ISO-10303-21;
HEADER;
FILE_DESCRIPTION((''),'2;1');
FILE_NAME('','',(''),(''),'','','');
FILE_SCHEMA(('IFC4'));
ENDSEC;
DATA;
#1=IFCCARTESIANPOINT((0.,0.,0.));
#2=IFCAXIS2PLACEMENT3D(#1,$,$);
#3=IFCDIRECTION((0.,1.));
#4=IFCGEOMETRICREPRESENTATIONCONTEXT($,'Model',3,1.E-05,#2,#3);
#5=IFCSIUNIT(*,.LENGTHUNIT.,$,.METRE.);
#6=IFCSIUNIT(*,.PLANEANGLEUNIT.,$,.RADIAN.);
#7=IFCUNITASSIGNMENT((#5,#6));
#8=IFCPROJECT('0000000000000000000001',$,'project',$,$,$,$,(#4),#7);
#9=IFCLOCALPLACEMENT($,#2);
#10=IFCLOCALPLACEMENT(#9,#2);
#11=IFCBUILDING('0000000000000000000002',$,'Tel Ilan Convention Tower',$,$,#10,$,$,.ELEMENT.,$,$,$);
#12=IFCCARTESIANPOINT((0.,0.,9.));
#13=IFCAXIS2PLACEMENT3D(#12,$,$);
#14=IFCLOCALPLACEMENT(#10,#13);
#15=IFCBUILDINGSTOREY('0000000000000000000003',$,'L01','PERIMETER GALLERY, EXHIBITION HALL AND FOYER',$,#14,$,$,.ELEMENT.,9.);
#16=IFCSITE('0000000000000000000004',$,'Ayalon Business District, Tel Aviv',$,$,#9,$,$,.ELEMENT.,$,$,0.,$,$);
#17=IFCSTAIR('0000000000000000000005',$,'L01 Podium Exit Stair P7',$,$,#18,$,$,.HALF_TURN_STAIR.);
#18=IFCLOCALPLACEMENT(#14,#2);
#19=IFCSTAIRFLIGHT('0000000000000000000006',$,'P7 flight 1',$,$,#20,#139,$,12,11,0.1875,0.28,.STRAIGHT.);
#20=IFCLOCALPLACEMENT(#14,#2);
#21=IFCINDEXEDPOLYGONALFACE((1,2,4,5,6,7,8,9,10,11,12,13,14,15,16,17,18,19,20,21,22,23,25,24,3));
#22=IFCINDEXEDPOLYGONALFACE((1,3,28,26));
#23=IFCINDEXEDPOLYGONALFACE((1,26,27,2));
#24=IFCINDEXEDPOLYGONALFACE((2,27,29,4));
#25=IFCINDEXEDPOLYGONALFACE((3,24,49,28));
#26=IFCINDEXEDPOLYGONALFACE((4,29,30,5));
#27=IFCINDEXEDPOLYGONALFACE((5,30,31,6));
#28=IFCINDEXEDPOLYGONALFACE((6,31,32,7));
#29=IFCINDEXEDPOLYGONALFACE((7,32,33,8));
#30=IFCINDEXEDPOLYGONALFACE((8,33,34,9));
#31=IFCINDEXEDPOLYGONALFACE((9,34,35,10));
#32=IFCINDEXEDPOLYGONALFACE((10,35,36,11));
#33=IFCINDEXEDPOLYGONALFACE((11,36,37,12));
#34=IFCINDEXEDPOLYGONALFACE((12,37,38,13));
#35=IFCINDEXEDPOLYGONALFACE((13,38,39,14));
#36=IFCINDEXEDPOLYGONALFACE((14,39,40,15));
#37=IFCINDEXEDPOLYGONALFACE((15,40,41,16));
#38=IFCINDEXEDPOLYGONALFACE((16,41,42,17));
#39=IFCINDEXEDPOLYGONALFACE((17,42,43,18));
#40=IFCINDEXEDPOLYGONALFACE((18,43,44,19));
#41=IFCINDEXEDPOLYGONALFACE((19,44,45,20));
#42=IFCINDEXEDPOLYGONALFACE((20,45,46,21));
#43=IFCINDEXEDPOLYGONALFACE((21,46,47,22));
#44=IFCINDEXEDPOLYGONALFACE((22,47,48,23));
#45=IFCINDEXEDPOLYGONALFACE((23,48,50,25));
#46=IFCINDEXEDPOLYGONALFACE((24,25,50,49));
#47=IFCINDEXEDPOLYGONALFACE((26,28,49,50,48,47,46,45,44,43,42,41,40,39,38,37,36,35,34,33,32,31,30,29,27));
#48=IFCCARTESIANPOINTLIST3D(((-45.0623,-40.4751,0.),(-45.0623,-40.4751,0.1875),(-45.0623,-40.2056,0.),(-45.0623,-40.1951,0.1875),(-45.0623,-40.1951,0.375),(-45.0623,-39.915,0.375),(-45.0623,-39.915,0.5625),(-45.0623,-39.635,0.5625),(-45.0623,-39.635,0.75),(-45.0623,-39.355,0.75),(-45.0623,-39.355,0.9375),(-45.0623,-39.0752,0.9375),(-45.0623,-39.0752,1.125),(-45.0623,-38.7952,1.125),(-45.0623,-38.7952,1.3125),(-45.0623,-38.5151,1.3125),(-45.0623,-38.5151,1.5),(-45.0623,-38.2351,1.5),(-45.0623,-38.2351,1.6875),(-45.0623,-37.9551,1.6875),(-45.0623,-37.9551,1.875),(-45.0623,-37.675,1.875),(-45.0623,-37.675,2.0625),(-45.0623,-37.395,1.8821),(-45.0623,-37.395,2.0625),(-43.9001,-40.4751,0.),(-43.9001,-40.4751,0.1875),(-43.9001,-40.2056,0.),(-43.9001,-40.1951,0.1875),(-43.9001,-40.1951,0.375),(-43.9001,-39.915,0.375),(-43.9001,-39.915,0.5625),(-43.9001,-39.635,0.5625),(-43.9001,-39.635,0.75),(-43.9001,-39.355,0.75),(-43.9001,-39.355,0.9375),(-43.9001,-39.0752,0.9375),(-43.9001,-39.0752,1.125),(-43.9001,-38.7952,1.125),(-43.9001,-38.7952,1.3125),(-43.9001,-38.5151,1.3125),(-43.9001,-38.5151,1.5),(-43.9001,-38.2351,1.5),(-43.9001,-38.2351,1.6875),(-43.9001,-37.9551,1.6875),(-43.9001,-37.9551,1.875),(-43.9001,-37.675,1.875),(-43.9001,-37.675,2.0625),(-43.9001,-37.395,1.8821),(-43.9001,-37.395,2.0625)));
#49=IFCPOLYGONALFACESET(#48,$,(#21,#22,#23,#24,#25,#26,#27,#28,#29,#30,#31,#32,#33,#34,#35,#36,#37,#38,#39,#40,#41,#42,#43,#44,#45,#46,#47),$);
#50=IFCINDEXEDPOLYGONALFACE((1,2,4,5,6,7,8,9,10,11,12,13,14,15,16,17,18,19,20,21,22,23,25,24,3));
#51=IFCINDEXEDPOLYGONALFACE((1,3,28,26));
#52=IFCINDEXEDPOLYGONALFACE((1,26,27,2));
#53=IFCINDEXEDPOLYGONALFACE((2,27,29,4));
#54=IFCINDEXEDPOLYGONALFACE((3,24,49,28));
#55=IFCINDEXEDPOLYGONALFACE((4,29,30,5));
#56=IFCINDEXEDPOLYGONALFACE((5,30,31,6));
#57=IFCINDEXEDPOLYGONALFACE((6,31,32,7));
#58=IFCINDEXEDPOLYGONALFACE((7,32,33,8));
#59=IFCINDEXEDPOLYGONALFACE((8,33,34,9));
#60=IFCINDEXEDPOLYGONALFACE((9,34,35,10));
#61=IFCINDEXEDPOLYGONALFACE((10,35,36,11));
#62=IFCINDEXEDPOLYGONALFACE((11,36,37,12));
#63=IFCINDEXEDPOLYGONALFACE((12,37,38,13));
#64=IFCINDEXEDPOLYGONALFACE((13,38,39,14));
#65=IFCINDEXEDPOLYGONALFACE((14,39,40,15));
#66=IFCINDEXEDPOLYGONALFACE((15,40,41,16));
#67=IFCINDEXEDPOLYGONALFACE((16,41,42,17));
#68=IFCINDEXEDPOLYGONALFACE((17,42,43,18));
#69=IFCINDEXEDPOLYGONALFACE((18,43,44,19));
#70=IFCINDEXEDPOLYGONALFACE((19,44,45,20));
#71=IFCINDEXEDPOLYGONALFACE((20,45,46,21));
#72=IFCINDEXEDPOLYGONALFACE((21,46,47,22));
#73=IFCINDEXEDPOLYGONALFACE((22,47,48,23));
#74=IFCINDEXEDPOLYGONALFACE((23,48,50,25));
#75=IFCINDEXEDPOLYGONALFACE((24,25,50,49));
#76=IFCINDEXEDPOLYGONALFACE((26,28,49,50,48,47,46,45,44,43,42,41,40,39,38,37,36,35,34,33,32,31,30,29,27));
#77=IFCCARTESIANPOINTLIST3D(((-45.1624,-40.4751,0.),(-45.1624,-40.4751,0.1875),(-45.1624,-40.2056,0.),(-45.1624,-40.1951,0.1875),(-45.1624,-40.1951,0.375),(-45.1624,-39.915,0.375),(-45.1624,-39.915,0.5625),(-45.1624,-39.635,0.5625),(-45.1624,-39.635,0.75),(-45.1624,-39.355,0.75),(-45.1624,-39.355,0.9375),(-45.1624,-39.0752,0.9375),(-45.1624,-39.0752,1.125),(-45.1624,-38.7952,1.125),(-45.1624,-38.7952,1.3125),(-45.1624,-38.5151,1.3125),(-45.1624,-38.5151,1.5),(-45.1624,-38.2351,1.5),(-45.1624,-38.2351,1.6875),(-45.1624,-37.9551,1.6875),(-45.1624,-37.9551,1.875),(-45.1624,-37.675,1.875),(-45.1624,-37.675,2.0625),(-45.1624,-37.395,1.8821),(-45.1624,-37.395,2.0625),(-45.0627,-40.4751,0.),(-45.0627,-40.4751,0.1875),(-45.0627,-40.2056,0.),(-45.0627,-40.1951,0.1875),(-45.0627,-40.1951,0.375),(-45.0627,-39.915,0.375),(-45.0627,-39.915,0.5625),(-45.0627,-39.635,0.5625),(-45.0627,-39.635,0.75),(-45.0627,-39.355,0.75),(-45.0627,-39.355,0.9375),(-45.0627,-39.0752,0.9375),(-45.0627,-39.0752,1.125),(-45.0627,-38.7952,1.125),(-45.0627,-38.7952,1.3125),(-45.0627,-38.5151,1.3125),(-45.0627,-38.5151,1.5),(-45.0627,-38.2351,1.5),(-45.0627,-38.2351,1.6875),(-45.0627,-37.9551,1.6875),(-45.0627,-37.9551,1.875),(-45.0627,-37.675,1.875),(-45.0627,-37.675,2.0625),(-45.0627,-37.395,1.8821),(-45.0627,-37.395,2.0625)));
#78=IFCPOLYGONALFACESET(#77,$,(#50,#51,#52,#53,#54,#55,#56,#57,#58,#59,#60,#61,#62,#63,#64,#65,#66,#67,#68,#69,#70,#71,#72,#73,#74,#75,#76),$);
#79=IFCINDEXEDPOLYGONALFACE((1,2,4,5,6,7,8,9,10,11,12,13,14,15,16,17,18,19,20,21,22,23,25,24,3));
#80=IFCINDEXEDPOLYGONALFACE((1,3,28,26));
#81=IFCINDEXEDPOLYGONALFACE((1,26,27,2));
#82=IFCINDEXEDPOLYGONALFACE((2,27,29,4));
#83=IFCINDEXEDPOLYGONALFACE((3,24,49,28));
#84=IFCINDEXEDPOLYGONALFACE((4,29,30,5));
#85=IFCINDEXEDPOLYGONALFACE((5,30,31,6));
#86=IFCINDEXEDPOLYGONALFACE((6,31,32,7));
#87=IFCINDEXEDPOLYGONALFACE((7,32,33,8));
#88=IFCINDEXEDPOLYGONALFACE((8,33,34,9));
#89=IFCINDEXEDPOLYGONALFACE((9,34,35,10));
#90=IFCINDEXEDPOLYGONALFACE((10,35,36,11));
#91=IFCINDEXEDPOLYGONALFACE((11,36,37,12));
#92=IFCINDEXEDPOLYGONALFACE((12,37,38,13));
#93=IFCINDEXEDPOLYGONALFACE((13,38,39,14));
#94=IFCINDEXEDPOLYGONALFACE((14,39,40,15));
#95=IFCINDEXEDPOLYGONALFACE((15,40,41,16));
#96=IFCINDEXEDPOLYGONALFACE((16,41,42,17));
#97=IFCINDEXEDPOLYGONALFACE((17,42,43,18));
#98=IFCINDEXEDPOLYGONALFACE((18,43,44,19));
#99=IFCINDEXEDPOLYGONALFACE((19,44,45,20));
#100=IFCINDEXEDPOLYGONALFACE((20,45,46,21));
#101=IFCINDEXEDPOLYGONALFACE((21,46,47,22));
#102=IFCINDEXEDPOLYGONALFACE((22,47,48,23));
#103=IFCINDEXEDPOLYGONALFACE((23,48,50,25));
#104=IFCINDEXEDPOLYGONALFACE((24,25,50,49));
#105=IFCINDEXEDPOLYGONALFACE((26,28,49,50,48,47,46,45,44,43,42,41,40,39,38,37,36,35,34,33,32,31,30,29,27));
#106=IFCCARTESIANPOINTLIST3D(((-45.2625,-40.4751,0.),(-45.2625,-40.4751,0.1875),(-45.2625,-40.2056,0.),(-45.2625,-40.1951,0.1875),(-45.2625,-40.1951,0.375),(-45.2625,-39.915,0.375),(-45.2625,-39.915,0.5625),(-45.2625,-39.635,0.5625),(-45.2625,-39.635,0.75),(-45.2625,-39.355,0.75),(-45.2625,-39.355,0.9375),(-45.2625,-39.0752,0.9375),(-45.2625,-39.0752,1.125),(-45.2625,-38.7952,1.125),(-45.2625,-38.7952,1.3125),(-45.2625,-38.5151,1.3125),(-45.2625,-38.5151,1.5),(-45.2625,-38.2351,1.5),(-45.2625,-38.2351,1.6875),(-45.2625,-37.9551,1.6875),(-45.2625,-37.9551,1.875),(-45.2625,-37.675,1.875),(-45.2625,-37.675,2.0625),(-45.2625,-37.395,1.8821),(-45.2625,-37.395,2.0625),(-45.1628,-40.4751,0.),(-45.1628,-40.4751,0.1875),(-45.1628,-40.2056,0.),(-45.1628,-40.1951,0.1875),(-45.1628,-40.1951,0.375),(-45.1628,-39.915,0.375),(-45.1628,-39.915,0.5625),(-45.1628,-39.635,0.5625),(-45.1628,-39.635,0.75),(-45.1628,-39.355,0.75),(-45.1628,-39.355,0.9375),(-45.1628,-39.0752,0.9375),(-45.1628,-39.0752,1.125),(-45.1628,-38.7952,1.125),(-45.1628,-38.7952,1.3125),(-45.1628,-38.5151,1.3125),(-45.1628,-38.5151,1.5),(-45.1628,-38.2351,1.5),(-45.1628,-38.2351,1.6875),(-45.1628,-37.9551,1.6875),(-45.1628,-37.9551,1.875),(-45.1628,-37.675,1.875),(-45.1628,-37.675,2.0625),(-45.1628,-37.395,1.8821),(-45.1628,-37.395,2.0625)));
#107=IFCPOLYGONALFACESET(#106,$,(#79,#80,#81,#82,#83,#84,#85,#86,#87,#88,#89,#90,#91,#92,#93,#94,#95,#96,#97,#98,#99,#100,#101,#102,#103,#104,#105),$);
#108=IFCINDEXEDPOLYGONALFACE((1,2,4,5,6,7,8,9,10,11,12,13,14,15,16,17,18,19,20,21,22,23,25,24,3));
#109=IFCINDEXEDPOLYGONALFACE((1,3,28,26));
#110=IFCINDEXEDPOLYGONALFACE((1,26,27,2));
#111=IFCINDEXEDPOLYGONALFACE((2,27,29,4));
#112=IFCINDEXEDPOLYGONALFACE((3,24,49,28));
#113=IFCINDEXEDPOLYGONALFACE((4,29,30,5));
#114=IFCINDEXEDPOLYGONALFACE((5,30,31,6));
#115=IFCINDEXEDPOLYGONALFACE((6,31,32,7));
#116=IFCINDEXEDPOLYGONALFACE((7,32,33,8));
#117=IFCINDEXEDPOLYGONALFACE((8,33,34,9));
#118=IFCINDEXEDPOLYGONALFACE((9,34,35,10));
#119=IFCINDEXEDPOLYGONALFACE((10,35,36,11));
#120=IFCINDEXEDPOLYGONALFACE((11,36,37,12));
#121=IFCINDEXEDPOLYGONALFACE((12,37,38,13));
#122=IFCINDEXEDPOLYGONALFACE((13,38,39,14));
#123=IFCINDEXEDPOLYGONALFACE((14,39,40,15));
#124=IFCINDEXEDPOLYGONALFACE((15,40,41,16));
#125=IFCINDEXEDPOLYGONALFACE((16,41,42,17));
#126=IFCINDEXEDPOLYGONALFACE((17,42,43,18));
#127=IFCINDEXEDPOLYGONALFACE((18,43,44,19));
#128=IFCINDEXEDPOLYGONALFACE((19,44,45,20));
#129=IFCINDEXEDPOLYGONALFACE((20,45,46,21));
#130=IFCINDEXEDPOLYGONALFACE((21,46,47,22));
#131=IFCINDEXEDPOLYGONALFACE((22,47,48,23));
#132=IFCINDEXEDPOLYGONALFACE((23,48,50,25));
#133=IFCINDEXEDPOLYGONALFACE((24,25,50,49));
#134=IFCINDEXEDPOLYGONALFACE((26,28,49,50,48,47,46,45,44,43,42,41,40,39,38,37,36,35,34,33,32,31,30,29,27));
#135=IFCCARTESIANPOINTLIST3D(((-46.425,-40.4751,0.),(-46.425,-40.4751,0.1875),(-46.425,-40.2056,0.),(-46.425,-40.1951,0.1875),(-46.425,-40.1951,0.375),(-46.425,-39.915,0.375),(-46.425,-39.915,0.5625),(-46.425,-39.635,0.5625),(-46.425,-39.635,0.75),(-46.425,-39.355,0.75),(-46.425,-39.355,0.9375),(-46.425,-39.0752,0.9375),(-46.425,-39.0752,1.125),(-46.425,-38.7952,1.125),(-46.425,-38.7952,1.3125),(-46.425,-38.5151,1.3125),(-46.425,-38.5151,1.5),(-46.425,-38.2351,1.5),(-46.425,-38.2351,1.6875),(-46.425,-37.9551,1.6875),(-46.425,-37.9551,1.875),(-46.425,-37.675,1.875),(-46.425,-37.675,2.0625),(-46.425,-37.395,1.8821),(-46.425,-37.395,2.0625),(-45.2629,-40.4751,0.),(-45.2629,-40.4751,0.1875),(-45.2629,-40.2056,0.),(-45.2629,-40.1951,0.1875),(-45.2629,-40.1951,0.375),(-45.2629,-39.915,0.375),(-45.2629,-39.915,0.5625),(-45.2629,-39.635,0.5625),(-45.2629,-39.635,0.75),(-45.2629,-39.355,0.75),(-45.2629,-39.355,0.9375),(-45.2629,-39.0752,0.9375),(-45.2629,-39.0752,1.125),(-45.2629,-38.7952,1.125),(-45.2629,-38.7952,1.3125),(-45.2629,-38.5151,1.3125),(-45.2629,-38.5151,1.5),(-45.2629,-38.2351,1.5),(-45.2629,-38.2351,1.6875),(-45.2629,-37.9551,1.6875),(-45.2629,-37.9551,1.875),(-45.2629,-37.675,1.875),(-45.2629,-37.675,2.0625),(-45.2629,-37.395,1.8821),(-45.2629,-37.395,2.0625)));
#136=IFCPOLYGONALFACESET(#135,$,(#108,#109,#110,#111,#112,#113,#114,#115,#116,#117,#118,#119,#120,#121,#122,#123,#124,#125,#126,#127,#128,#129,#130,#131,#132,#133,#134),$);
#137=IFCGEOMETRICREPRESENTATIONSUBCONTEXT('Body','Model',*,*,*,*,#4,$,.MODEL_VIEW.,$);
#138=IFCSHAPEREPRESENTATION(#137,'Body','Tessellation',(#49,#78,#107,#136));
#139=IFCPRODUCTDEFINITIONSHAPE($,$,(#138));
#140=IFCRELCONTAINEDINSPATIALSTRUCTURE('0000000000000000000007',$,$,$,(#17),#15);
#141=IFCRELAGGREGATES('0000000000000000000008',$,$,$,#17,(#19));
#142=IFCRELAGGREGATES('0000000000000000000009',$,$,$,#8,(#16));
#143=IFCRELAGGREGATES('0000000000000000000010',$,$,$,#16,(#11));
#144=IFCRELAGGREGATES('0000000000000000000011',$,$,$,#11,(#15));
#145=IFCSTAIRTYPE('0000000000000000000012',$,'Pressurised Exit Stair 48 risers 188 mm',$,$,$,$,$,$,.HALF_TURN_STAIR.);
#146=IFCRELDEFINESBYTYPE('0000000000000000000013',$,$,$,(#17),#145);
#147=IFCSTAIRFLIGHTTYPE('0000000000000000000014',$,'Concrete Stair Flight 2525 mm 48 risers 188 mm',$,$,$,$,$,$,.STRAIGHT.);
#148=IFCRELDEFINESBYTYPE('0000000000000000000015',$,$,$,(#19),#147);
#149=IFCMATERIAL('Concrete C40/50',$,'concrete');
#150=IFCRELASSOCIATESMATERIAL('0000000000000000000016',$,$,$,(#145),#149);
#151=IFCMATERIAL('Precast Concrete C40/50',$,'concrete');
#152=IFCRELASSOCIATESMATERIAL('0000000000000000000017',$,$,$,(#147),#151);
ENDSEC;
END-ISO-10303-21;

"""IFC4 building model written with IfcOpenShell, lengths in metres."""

from ifc_helpers import new_model, si_unit, direction, frame, origin, place, context, subcontext, project, spatial, polyline, outline, extrude, material, type_object, element, aggregate, save


model = new_model("IFC4")

# Units and contexts
model_context = context("Model", 3, precision=1e-05, world=origin(), true_north=direction((0.0, 1.0)))
body_context = subcontext(model_context, "Body", "Model", "MODEL_VIEW")
ifc_project = project(units=[si_unit("LENGTHUNIT", "METRE"), si_unit("PLANEANGLEUNIT", "RADIAN")], contexts=[model_context])

# Site, building, storey
site_placement = place(None, origin())
site = spatial("IfcSite", under=ifc_project, at=site_placement, Name="Ayalon Business District, Tel Aviv", CompositionType="ELEMENT", RefElevation=0.0)
building_placement = place(site_placement, origin())
building = spatial("IfcBuilding", under=site, at=building_placement, Name="Tel Ilan Convention Tower", CompositionType="ELEMENT")
storey_placement = place(building_placement, frame((0.0, 0.0, 9.0)))
storey = spatial("IfcBuildingStorey", under=building, at=storey_placement, Name="L01", Description="PERIMETER GALLERY, EXHIBITION HALL AND FOYER", CompositionType="ELEMENT", Elevation=9.0)

# Stair, stair flight
ifc_material_1 = material(Name="Concrete C40/50", Category="concrete")
stair_type = type_object("IfcStairType", Name="Pressurised Exit Stair 48 risers 188 mm", PredefinedType="HALF_TURN_STAIR", material=ifc_material_1)
ifc_material_2 = material(Name="Precast Concrete C40/50", Category="concrete")
stair_flight_type = type_object("IfcStairFlightType", Name="Concrete Stair Flight 2525 mm 48 risers 188 mm", PredefinedType="STRAIGHT", material=ifc_material_2)
stair_1_placement = place(storey_placement, origin())
stair_1 = element("IfcStair", 1, at=stair_1_placement, inside=storey, type_object=stair_type, Name="L01 Podium Exit Stair P7", PredefinedType="HALF_TURN_STAIR")
stair_flight_1_placement = place(storey_placement, frame((-45.1626, -40.4751, 0.0), z_axis=(0.0, 0.0, 1.0), x_axis=(0.0, 1.0, 0.0)))
stair_flight_1 = element("IfcStairFlight", 2, at=stair_flight_1_placement, type_object=stair_flight_type, Name="P7 flight 1", NumberOfRisers=12, NumberOfTreads=11, PredefinedType="STRAIGHT", RiserHeight=0.1875, TreadLength=0.28, context=body_context, shape_type="SweptSolid", body=[
    extrude(outline(polyline([(0.0, 0.0), (0.0, 0.1875), (0.28, 0.1875), (0.28, 0.375), (0.5601, 0.375), (0.5601, 0.5625), (0.8401, 0.5625), (0.8401, 0.75), (1.1201, 0.75), (1.1201, 0.9375), (1.3999, 0.9375), (1.3999, 1.125), (1.6799, 1.125), (1.6799, 1.3125), (1.96, 1.3125), (1.96, 1.5), (2.24, 1.5), (2.24, 1.6875), (2.52, 1.6875), (2.52, 1.875), (2.8, 1.875), (2.8, 2.0625), (3.0801, 2.0625), (3.0801, 2.25), (3.0801, 1.8821), (0.2695, 0.0), (0.0, 0.0)])), frame((0.0, -0.1003, 0.0), z_axis=(0.0, -1.0, 0.0), x_axis=(1.0, 0.0, 0.0)), (0.0, 0.0, 1.0), 1.1621),
    extrude(outline(polyline([(0.0, 0.0), (0.0, 0.1875), (0.28, 0.1875), (0.28, 0.375), (0.5601, 0.375), (0.5601, 0.5625), (0.8401, 0.5625), (0.8401, 0.75), (1.1201, 0.75), (1.1201, 0.9375), (1.3999, 0.9375), (1.3999, 1.125), (1.6799, 1.125), (1.6799, 1.3125), (1.96, 1.3125), (1.96, 1.5), (2.24, 1.5), (2.24, 1.6875), (2.52, 1.6875), (2.52, 1.875), (2.8, 1.875), (2.8, 2.0625), (3.0801, 2.0625), (3.0801, 2.25), (3.0801, 1.8821), (0.2695, 0.0), (0.0, 0.0)])), frame((0.0, -0.0002, 0.0), z_axis=(0.0, -1.0, 0.0), x_axis=(1.0, 0.0, 0.0)), (0.0, 0.0, 1.0), 0.0996),
    extrude(outline(polyline([(0.0, 0.0), (0.0, 0.1875), (0.28, 0.1875), (0.28, 0.375), (0.5601, 0.375), (0.5601, 0.5625), (0.8401, 0.5625), (0.8401, 0.75), (1.1201, 0.75), (1.1201, 0.9375), (1.3999, 0.9375), (1.3999, 1.125), (1.6799, 1.125), (1.6799, 1.3125), (1.96, 1.3125), (1.96, 1.5), (2.24, 1.5), (2.24, 1.6875), (2.52, 1.6875), (2.52, 1.875), (2.8, 1.875), (2.8, 2.0625), (3.0801, 2.0625), (3.0801, 2.25), (3.0801, 1.8821), (0.2695, 0.0), (0.0, 0.0)])), frame((0.0, 0.0999, 0.0), z_axis=(0.0, -1.0, 0.0), x_axis=(1.0, 0.0, 0.0)), (0.0, 0.0, 1.0), 0.0996),
    extrude(outline(polyline([(0.0, 0.0), (0.0, 0.1875), (0.28, 0.1875), (0.28, 0.375), (0.5601, 0.375), (0.5601, 0.5625), (0.8401, 0.5625), (0.8401, 0.75), (1.1201, 0.75), (1.1201, 0.9375), (1.3999, 0.9375), (1.3999, 1.125), (1.6799, 1.125), (1.6799, 1.3125), (1.96, 1.3125), (1.96, 1.5), (2.24, 1.5), (2.24, 1.6875), (2.52, 1.6875), (2.52, 1.875), (2.8, 1.875), (2.8, 2.0625), (3.0801, 2.0625), (3.0801, 2.25), (3.0801, 1.8821), (0.2695, 0.0), (0.0, 0.0)])), frame((0.0, 1.2625, 0.0), z_axis=(0.0, -1.0, 0.0), x_axis=(1.0, 0.0, 0.0)), (0.0, 0.0, 1.0), 1.1621),
])
aggregate(stair_1, [stair_flight_1])

save(model, "model.ifc")
